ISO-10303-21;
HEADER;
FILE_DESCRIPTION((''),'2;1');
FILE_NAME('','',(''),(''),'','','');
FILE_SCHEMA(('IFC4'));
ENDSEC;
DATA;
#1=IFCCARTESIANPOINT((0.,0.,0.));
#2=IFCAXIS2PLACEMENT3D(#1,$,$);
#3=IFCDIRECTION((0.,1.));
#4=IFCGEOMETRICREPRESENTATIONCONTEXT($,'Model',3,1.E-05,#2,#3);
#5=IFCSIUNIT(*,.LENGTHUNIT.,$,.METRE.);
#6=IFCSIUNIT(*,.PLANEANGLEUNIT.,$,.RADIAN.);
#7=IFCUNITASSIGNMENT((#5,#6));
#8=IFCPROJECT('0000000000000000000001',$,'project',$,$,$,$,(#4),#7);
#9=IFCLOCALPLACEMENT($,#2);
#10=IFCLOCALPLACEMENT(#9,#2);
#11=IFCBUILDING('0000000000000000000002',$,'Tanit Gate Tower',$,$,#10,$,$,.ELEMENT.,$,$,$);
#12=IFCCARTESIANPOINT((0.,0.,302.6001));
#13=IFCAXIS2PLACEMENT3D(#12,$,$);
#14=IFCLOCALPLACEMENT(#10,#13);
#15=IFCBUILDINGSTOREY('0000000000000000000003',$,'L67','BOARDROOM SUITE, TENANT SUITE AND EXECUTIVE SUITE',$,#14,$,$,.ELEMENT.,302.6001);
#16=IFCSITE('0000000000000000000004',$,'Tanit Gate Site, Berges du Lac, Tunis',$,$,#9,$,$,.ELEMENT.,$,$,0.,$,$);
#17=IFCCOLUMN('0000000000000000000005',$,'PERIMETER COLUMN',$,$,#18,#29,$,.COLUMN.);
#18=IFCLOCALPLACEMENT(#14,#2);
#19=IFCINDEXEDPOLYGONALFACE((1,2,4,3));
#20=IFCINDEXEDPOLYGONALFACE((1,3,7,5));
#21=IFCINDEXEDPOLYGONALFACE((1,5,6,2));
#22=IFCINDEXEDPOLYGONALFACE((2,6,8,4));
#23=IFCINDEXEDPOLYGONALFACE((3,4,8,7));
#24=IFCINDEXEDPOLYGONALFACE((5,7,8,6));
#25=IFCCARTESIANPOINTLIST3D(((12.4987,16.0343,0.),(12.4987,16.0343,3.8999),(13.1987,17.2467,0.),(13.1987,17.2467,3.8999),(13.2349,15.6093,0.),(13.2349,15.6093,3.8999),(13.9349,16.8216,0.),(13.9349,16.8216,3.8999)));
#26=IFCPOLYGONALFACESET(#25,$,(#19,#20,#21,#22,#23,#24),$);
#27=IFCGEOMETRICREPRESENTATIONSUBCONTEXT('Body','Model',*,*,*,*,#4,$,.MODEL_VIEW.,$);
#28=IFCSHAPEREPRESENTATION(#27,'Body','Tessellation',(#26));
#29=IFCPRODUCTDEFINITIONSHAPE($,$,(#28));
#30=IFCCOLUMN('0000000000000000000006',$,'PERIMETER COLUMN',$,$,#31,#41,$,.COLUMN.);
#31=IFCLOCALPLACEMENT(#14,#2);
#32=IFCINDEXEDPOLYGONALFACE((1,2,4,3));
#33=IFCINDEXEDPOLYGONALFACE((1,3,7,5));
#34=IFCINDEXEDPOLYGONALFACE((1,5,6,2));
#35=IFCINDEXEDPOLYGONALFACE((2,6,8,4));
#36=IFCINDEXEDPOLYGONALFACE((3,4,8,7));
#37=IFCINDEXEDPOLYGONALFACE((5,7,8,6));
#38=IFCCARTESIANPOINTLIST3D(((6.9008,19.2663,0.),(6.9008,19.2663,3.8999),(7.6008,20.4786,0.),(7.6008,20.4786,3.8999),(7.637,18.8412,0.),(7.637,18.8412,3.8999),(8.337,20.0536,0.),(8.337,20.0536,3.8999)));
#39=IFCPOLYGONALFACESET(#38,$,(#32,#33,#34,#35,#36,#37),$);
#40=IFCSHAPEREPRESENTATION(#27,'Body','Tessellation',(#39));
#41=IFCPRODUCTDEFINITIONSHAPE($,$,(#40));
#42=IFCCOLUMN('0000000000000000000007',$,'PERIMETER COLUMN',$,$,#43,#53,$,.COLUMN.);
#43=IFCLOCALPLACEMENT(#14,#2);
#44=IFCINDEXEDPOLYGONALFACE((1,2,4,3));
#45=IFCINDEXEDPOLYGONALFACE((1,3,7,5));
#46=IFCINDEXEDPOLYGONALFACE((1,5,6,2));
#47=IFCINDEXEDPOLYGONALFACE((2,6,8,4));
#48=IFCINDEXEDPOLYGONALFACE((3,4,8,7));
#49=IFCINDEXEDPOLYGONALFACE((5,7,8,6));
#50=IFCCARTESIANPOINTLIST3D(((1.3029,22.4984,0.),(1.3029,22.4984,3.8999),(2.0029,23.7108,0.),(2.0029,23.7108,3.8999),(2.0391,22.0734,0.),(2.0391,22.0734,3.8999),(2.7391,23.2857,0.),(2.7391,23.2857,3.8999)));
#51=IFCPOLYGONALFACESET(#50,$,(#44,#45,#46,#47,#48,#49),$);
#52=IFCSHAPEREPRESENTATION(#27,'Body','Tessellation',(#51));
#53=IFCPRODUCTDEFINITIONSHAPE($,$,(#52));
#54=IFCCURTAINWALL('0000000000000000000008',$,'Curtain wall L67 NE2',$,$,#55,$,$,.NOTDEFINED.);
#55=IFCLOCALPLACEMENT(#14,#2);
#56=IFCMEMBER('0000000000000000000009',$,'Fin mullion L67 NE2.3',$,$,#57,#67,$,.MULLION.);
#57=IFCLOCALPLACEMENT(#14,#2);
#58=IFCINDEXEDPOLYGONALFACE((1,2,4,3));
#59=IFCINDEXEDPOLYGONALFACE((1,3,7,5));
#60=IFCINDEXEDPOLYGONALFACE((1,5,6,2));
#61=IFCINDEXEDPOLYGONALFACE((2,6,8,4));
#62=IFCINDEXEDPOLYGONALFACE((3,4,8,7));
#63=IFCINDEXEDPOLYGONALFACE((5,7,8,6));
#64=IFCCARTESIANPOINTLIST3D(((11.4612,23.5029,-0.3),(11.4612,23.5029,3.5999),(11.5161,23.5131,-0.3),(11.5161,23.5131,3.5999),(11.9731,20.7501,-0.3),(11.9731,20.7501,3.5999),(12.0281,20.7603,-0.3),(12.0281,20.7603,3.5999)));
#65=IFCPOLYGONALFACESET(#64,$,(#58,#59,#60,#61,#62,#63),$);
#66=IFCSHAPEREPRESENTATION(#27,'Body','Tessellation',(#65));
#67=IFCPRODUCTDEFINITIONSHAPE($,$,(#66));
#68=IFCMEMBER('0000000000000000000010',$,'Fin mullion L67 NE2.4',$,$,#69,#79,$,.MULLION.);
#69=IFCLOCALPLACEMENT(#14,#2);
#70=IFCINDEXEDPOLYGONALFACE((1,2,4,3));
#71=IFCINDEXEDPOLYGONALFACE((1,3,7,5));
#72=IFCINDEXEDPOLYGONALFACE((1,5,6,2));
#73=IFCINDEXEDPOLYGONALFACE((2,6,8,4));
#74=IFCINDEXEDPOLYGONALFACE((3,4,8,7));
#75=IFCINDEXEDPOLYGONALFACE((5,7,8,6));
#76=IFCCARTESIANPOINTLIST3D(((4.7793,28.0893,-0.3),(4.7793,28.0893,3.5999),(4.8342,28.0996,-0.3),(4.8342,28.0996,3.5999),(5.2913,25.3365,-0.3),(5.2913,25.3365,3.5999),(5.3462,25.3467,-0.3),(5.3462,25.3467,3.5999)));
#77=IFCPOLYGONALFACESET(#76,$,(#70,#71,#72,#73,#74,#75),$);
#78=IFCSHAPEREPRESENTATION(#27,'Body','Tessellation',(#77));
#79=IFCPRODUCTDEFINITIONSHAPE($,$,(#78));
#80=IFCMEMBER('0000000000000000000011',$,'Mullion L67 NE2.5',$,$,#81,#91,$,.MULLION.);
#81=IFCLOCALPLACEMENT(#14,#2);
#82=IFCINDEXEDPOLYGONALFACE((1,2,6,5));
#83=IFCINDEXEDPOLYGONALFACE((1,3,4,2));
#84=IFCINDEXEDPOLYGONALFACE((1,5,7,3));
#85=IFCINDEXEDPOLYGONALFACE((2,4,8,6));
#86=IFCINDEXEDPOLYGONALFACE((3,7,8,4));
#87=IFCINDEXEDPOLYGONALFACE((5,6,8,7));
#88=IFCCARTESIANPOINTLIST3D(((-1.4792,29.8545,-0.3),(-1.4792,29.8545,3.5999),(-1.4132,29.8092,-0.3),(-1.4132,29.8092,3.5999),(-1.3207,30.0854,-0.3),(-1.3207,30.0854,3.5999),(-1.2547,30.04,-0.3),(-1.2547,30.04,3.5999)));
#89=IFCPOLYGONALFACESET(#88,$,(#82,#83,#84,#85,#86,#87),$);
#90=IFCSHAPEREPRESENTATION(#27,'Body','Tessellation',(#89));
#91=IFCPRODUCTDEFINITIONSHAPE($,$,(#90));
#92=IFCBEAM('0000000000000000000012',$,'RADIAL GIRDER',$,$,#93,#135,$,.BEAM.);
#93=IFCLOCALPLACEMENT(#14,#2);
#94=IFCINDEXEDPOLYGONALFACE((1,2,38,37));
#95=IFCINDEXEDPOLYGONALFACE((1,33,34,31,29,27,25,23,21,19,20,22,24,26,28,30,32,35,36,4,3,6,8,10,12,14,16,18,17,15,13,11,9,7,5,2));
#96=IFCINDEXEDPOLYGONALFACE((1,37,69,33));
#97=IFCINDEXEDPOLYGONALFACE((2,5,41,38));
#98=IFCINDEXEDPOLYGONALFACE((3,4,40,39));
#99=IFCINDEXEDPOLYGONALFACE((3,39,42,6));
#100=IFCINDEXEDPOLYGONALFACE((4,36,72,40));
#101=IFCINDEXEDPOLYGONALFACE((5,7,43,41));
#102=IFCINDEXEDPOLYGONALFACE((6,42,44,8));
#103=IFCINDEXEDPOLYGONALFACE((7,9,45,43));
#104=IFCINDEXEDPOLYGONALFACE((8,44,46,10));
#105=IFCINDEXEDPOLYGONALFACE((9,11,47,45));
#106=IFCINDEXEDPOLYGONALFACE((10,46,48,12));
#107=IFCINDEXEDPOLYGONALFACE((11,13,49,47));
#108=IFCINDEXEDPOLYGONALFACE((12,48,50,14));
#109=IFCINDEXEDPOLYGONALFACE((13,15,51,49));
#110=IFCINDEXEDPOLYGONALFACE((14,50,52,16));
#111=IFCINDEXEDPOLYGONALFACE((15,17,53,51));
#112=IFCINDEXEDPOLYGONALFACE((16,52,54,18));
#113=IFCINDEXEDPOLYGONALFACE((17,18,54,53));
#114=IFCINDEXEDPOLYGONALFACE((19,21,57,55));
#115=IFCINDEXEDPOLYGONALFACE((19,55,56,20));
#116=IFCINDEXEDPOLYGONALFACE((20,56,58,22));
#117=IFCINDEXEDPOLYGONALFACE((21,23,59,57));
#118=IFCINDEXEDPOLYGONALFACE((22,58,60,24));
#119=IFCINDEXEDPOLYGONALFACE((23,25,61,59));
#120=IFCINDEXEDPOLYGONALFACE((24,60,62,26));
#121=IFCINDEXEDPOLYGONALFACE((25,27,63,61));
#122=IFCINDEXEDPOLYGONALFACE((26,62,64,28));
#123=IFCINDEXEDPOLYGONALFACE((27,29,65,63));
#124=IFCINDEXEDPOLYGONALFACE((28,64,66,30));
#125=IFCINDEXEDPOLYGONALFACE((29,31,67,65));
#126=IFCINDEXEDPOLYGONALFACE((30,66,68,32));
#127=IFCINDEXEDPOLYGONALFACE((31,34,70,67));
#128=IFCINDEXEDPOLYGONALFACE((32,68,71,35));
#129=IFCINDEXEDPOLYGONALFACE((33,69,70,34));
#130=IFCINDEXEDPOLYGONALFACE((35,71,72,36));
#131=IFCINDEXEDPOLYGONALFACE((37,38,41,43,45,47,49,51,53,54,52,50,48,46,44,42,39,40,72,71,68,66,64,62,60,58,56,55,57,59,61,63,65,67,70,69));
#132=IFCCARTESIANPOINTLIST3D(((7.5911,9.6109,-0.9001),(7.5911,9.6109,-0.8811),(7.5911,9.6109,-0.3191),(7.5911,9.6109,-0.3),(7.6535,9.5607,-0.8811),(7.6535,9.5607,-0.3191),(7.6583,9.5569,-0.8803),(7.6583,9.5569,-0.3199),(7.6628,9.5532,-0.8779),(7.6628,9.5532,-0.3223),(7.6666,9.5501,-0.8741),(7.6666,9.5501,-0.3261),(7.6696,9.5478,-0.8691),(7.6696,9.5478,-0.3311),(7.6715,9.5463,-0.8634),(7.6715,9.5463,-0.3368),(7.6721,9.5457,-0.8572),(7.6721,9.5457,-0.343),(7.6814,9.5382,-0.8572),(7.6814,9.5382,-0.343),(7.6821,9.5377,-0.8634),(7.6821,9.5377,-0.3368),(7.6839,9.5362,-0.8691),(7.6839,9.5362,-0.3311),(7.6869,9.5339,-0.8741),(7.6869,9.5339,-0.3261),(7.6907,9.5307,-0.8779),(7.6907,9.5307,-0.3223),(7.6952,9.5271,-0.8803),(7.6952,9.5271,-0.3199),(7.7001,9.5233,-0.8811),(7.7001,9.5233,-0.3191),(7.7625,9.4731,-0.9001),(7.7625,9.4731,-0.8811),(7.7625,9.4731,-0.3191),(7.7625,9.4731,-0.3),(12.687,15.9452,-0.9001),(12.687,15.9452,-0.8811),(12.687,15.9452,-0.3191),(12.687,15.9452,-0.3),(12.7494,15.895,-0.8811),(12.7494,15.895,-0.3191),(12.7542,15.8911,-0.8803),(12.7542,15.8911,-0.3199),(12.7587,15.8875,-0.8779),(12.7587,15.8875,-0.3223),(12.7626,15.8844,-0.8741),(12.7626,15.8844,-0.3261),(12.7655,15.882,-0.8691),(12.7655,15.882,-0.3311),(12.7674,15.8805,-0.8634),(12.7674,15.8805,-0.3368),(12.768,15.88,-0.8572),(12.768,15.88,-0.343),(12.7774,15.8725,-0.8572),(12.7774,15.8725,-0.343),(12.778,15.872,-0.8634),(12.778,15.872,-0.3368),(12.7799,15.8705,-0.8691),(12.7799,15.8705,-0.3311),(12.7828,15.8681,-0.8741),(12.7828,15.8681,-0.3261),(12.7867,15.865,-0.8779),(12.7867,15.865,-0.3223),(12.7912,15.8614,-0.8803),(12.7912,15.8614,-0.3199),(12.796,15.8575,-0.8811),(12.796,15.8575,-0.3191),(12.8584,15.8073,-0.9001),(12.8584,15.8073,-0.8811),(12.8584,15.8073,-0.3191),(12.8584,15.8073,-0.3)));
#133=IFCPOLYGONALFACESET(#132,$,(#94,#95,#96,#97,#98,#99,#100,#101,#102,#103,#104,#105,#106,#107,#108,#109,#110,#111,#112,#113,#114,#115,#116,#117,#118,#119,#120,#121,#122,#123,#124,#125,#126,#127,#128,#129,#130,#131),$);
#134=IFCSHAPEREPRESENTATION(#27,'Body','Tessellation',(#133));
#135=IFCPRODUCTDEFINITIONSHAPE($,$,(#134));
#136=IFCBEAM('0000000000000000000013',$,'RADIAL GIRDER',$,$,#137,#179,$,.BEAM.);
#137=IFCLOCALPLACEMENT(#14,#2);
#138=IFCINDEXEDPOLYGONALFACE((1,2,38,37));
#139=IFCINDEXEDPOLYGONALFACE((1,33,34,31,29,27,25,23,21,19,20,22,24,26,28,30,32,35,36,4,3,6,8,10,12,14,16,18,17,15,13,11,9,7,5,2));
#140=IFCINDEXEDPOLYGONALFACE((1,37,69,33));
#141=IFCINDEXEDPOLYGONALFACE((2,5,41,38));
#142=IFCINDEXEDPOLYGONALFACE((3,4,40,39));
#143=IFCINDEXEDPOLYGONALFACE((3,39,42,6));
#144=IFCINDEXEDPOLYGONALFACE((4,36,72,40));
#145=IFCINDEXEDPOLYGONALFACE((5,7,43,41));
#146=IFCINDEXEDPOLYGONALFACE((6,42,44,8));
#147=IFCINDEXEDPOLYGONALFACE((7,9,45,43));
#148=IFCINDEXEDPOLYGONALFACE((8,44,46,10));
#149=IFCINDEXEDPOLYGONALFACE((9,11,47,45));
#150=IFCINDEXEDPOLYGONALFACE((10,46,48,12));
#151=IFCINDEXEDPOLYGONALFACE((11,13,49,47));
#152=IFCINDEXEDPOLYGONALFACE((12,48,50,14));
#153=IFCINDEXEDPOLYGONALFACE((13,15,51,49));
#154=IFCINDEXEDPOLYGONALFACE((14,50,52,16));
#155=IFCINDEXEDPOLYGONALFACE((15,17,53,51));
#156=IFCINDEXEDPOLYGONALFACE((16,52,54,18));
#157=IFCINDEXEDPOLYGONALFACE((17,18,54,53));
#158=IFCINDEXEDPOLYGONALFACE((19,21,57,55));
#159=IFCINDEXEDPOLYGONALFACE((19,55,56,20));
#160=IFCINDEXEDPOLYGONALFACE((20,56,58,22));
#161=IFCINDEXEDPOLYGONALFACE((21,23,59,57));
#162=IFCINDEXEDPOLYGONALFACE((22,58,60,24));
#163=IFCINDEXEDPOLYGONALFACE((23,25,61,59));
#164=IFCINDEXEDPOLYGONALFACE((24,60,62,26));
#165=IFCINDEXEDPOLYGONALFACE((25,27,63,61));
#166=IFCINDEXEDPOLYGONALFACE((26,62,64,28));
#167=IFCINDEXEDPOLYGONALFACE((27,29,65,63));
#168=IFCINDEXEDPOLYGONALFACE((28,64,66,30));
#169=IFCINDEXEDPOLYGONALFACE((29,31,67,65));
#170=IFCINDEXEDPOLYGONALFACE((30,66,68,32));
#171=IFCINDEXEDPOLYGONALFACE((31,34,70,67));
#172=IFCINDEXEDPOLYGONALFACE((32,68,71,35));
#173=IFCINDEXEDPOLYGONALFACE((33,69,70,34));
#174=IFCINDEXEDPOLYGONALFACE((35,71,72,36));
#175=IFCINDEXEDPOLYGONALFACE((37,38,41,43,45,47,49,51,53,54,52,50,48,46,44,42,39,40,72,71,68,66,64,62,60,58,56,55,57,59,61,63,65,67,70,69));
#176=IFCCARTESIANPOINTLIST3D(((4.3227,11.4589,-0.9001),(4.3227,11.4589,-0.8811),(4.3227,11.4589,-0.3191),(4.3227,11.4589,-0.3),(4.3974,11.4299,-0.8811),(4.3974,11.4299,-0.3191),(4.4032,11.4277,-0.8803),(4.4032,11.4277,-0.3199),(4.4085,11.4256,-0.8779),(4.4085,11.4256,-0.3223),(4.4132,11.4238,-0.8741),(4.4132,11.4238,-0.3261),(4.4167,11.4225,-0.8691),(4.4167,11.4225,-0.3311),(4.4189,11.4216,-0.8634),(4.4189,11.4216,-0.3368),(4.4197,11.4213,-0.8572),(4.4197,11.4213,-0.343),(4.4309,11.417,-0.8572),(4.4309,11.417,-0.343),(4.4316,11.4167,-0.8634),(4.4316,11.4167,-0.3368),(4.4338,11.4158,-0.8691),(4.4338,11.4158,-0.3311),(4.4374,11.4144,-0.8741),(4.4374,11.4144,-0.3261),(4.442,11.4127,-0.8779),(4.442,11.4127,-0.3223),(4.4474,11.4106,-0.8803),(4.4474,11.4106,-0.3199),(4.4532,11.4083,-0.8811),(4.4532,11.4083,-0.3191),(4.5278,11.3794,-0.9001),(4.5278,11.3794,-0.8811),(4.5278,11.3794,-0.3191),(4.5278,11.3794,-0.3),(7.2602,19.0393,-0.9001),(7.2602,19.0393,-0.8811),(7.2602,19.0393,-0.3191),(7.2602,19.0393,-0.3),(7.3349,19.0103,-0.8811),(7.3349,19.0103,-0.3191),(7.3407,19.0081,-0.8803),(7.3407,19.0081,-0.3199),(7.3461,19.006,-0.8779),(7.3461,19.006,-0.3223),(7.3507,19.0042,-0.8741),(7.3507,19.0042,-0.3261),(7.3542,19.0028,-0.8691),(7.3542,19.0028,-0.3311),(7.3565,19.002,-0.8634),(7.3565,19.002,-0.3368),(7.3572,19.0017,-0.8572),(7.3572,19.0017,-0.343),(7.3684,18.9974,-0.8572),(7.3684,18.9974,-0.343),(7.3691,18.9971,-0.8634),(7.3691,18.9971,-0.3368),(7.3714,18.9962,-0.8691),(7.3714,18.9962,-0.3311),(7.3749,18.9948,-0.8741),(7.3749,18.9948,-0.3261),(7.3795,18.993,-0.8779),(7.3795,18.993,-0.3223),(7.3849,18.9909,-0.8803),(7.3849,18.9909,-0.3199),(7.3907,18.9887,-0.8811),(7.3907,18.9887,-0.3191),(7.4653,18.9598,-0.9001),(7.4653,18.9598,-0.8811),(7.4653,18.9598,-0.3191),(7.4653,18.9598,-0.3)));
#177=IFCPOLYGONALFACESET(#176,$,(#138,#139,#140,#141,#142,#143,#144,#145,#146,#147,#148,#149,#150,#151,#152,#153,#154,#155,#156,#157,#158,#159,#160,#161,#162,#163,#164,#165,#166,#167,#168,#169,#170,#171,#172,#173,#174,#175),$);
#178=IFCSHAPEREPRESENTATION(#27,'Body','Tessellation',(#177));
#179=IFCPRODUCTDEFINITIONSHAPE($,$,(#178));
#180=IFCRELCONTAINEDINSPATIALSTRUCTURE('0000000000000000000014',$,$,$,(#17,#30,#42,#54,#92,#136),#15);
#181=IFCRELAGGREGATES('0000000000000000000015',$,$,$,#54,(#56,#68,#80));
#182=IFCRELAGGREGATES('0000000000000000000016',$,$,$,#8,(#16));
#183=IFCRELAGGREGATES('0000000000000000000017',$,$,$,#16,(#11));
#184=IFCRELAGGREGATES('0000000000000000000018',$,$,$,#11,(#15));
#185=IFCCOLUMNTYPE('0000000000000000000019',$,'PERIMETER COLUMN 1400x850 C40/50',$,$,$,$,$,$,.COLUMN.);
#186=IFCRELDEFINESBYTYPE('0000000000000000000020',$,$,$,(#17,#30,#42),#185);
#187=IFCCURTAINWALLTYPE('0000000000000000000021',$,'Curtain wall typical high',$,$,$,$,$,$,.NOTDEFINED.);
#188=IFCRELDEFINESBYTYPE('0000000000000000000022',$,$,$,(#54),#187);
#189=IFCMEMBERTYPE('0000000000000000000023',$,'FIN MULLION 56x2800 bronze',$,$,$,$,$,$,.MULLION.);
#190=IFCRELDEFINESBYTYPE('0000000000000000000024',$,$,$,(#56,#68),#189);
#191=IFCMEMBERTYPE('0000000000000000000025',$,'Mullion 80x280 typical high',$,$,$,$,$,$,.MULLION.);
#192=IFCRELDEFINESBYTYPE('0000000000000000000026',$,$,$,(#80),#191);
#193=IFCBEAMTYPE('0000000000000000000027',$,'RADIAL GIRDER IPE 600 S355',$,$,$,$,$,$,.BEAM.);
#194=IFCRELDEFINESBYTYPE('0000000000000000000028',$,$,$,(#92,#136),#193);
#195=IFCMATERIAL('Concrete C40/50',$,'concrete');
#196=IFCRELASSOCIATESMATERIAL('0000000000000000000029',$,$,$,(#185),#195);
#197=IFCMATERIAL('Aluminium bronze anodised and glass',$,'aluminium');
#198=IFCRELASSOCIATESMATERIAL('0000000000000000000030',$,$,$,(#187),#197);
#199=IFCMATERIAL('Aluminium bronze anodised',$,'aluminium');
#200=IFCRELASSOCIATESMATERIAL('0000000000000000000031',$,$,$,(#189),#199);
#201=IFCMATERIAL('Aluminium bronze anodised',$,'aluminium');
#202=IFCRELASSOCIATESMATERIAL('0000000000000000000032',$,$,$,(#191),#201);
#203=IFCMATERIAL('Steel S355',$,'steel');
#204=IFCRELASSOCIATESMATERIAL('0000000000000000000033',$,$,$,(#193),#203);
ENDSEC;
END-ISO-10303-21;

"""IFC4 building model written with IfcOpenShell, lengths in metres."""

from ifc_helpers import new_model, si_unit, direction, frame, origin, origin_2d, place, context, subcontext, project, spatial, rectangle, i_section, extrude, material, material_profile, profile_set, type_object, element, aggregate, save


model = new_model("IFC4")

# Units and contexts
model_context = context("Model", 3, precision=1e-05, world=origin(), true_north=direction((0.0, 1.0)))
body_context = subcontext(model_context, "Body", "Model", "MODEL_VIEW")
ifc_project = project(units=[si_unit("LENGTHUNIT", "METRE"), si_unit("PLANEANGLEUNIT", "RADIAN")], contexts=[model_context])

# Site, building, storey
site_placement = place(None, origin())
site = spatial("IfcSite", under=ifc_project, at=site_placement, Name="Tanit Gate Site, Berges du Lac, Tunis", CompositionType="ELEMENT", RefElevation=0.0)
building_placement = place(site_placement, origin())
building = spatial("IfcBuilding", under=site, at=building_placement, Name="Tanit Gate Tower", CompositionType="ELEMENT")
storey_placement = place(building_placement, frame((0.0, 0.0, 302.6001)))
storey = spatial("IfcBuildingStorey", under=building, at=storey_placement, Name="L67", Description="BOARDROOM SUITE, TENANT SUITE AND EXECUTIVE SUITE", CompositionType="ELEMENT", Elevation=302.6001)

# Columns
ifc_material_1 = material(Name="Concrete C40/50", Category="concrete")
ifc_material_profile_1 = material_profile(ifc_material_1, rectangle(XDim=1.3999, YDim=0.8501, at=origin_2d()), Name="RC 1400x850")
ifc_profile_set_1 = profile_set([ifc_material_profile_1], Name="Concrete C40/50")
column_type = type_object("IfcColumnType", Name="PERIMETER COLUMN 1400x850 C40/50", PredefinedType="COLUMN", material=ifc_profile_set_1)
for number, where, z_axis, x_axis, name in (
    (1, (13.2168, 16.428, 0.0), (0.0, 0.0, 1.0), (0.5, 0.866025, 0.0), "PERIMETER COLUMN"),
    (2, (7.6189, 19.6599, 0.0), (0.0, 0.0, 1.0), (0.5, 0.866025, 0.0), "PERIMETER COLUMN"),
    (3, (2.021, 22.8921, 0.0), (0.0, 0.0, 1.0), (0.5, 0.866025, 0.0), "PERIMETER COLUMN"),
):
    element("IfcColumn", number, at=place(storey_placement, frame(where, z_axis=z_axis, x_axis=x_axis)), inside=storey, type_object=column_type, Name=name, PredefinedType="COLUMN", context=body_context, shape_type="SweptSolid", body=[
        extrude(rectangle(XDim=1.3999, YDim=0.8501, at=origin_2d()), origin(), (0.0, 0.0, 1.0), 3.8999),
    ])

# Curtain wall, members
ifc_material_2 = material(Name="Aluminium bronze anodised and glass", Category="aluminium")
curtain_wall_type = type_object("IfcCurtainWallType", Name="Curtain wall typical high", PredefinedType="NOTDEFINED", material=ifc_material_2)
curtain_wall_1_placement = place(storey_placement, origin())
curtain_wall_1 = element("IfcCurtainWall", 4, at=curtain_wall_1_placement, inside=storey, type_object=curtain_wall_type, Name="Curtain wall L67 NE2", PredefinedType="NOTDEFINED")
ifc_material_3 = material(Name="Aluminium bronze anodised", Category="aluminium")
ifc_material_profile_2 = material_profile(ifc_material_3, rectangle(XDim=2.8, YDim=0.0559, at=origin_2d()), Name="56x2800 bronze fin mullion")
ifc_profile_set_2 = profile_set([ifc_material_profile_2], Name="Aluminium bronze anodised")
member_type_1 = type_object("IfcMemberType", Name="FIN MULLION 56x2800 bronze", PredefinedType="MULLION", material=ifc_profile_set_2)
member_1_placement = place(storey_placement, frame((11.7446, 22.1316, -0.3), z_axis=(0.0, 0.0, 1.0), x_axis=(0.182847, -0.983141, 0.0)))
member_1 = element("IfcMember", 5, at=member_1_placement, type_object=member_type_1, Name="Fin mullion L67 NE2.3", PredefinedType="MULLION", context=body_context, shape_type="SweptSolid", body=[
    extrude(rectangle(XDim=2.8, YDim=0.0559, at=origin_2d()), origin(), (0.0, 0.0, 1.0), 3.8999),
])
member_2_placement = place(storey_placement, frame((5.0627, 26.718, -0.3), z_axis=(0.0, 0.0, 1.0), x_axis=(0.182847, -0.983141, 0.0)))
member_2 = element("IfcMember", 6, at=member_2_placement, type_object=member_type_1, Name="Fin mullion L67 NE2.4", PredefinedType="MULLION", context=body_context, shape_type="SweptSolid", body=[
    extrude(rectangle(XDim=2.8, YDim=0.0559, at=origin_2d()), origin(), (0.0, 0.0, 1.0), 3.8999),
])
ifc_material_4 = material(Name="Aluminium bronze anodised", Category="aluminium")
ifc_material_profile_3 = material_profile(ifc_material_4, rectangle(XDim=0.28, YDim=0.0801, at=origin_2d()), Name="80x280 bronze mullion")
ifc_profile_set_3 = profile_set([ifc_material_profile_3], Name="Aluminium bronze anodised")
member_type_2 = type_object("IfcMemberType", Name="Mullion 80x280 typical high", PredefinedType="MULLION", material=ifc_profile_set_3)
member_3_placement = place(storey_placement, frame((-1.3669, 29.9473, -0.3), z_axis=(0.0, 0.0, 1.0), x_axis=(-0.565893, -0.824479, 0.0)))
member_3 = element("IfcMember", 7, at=member_3_placement, type_object=member_type_2, Name="Mullion L67 NE2.5", PredefinedType="MULLION", context=body_context, shape_type="SweptSolid", body=[
    extrude(rectangle(XDim=0.28, YDim=0.0801, at=origin_2d()), origin(), (0.0, 0.0, 1.0), 3.8999),
])

# Beams
ifc_material_5 = material(Name="Steel S355", Category="steel")
ifc_material_profile_4 = material_profile(ifc_material_5, i_section(OverallWidth=0.22, OverallDepth=0.6001, WebThickness=0.012, FlangeThickness=0.019, FilletRadius=0.0239, at=origin_2d()), Name="IPE 600")
ifc_profile_set_4 = profile_set([ifc_material_profile_4], Name="Steel S355")
beam_type = type_object("IfcBeamType", Name="RADIAL GIRDER IPE 600 S355", PredefinedType="BEAM", material=ifc_profile_set_4)
for number, where, z_axis, x_axis, name in (
    (8, (12.7727, 15.8762, -0.6001), (-0.626835, -0.779152, 0.0), (0.779152, -0.626835, 0.0), "RADIAL GIRDER"),
    (9, (7.3628, 18.9995, -0.6001), (-0.361334, -0.932436, 0.0), (0.932436, -0.361334, 0.0), "RADIAL GIRDER"),
):
    element("IfcBeam", number, at=place(storey_placement, frame(where, z_axis=z_axis, x_axis=x_axis)), inside=storey, type_object=beam_type, Name=name, PredefinedType="BEAM", context=body_context, shape_type="SweptSolid", body=[
        extrude(i_section(OverallWidth=0.22, OverallDepth=0.6001, WebThickness=0.012, FlangeThickness=0.019, FilletRadius=0.0239, at=origin_2d()), origin(), (0.0, 0.0, 1.0), 8.1296),
    ])

aggregate(curtain_wall_1, [member_1, member_2, member_3])

save(model, "model.ifc")
